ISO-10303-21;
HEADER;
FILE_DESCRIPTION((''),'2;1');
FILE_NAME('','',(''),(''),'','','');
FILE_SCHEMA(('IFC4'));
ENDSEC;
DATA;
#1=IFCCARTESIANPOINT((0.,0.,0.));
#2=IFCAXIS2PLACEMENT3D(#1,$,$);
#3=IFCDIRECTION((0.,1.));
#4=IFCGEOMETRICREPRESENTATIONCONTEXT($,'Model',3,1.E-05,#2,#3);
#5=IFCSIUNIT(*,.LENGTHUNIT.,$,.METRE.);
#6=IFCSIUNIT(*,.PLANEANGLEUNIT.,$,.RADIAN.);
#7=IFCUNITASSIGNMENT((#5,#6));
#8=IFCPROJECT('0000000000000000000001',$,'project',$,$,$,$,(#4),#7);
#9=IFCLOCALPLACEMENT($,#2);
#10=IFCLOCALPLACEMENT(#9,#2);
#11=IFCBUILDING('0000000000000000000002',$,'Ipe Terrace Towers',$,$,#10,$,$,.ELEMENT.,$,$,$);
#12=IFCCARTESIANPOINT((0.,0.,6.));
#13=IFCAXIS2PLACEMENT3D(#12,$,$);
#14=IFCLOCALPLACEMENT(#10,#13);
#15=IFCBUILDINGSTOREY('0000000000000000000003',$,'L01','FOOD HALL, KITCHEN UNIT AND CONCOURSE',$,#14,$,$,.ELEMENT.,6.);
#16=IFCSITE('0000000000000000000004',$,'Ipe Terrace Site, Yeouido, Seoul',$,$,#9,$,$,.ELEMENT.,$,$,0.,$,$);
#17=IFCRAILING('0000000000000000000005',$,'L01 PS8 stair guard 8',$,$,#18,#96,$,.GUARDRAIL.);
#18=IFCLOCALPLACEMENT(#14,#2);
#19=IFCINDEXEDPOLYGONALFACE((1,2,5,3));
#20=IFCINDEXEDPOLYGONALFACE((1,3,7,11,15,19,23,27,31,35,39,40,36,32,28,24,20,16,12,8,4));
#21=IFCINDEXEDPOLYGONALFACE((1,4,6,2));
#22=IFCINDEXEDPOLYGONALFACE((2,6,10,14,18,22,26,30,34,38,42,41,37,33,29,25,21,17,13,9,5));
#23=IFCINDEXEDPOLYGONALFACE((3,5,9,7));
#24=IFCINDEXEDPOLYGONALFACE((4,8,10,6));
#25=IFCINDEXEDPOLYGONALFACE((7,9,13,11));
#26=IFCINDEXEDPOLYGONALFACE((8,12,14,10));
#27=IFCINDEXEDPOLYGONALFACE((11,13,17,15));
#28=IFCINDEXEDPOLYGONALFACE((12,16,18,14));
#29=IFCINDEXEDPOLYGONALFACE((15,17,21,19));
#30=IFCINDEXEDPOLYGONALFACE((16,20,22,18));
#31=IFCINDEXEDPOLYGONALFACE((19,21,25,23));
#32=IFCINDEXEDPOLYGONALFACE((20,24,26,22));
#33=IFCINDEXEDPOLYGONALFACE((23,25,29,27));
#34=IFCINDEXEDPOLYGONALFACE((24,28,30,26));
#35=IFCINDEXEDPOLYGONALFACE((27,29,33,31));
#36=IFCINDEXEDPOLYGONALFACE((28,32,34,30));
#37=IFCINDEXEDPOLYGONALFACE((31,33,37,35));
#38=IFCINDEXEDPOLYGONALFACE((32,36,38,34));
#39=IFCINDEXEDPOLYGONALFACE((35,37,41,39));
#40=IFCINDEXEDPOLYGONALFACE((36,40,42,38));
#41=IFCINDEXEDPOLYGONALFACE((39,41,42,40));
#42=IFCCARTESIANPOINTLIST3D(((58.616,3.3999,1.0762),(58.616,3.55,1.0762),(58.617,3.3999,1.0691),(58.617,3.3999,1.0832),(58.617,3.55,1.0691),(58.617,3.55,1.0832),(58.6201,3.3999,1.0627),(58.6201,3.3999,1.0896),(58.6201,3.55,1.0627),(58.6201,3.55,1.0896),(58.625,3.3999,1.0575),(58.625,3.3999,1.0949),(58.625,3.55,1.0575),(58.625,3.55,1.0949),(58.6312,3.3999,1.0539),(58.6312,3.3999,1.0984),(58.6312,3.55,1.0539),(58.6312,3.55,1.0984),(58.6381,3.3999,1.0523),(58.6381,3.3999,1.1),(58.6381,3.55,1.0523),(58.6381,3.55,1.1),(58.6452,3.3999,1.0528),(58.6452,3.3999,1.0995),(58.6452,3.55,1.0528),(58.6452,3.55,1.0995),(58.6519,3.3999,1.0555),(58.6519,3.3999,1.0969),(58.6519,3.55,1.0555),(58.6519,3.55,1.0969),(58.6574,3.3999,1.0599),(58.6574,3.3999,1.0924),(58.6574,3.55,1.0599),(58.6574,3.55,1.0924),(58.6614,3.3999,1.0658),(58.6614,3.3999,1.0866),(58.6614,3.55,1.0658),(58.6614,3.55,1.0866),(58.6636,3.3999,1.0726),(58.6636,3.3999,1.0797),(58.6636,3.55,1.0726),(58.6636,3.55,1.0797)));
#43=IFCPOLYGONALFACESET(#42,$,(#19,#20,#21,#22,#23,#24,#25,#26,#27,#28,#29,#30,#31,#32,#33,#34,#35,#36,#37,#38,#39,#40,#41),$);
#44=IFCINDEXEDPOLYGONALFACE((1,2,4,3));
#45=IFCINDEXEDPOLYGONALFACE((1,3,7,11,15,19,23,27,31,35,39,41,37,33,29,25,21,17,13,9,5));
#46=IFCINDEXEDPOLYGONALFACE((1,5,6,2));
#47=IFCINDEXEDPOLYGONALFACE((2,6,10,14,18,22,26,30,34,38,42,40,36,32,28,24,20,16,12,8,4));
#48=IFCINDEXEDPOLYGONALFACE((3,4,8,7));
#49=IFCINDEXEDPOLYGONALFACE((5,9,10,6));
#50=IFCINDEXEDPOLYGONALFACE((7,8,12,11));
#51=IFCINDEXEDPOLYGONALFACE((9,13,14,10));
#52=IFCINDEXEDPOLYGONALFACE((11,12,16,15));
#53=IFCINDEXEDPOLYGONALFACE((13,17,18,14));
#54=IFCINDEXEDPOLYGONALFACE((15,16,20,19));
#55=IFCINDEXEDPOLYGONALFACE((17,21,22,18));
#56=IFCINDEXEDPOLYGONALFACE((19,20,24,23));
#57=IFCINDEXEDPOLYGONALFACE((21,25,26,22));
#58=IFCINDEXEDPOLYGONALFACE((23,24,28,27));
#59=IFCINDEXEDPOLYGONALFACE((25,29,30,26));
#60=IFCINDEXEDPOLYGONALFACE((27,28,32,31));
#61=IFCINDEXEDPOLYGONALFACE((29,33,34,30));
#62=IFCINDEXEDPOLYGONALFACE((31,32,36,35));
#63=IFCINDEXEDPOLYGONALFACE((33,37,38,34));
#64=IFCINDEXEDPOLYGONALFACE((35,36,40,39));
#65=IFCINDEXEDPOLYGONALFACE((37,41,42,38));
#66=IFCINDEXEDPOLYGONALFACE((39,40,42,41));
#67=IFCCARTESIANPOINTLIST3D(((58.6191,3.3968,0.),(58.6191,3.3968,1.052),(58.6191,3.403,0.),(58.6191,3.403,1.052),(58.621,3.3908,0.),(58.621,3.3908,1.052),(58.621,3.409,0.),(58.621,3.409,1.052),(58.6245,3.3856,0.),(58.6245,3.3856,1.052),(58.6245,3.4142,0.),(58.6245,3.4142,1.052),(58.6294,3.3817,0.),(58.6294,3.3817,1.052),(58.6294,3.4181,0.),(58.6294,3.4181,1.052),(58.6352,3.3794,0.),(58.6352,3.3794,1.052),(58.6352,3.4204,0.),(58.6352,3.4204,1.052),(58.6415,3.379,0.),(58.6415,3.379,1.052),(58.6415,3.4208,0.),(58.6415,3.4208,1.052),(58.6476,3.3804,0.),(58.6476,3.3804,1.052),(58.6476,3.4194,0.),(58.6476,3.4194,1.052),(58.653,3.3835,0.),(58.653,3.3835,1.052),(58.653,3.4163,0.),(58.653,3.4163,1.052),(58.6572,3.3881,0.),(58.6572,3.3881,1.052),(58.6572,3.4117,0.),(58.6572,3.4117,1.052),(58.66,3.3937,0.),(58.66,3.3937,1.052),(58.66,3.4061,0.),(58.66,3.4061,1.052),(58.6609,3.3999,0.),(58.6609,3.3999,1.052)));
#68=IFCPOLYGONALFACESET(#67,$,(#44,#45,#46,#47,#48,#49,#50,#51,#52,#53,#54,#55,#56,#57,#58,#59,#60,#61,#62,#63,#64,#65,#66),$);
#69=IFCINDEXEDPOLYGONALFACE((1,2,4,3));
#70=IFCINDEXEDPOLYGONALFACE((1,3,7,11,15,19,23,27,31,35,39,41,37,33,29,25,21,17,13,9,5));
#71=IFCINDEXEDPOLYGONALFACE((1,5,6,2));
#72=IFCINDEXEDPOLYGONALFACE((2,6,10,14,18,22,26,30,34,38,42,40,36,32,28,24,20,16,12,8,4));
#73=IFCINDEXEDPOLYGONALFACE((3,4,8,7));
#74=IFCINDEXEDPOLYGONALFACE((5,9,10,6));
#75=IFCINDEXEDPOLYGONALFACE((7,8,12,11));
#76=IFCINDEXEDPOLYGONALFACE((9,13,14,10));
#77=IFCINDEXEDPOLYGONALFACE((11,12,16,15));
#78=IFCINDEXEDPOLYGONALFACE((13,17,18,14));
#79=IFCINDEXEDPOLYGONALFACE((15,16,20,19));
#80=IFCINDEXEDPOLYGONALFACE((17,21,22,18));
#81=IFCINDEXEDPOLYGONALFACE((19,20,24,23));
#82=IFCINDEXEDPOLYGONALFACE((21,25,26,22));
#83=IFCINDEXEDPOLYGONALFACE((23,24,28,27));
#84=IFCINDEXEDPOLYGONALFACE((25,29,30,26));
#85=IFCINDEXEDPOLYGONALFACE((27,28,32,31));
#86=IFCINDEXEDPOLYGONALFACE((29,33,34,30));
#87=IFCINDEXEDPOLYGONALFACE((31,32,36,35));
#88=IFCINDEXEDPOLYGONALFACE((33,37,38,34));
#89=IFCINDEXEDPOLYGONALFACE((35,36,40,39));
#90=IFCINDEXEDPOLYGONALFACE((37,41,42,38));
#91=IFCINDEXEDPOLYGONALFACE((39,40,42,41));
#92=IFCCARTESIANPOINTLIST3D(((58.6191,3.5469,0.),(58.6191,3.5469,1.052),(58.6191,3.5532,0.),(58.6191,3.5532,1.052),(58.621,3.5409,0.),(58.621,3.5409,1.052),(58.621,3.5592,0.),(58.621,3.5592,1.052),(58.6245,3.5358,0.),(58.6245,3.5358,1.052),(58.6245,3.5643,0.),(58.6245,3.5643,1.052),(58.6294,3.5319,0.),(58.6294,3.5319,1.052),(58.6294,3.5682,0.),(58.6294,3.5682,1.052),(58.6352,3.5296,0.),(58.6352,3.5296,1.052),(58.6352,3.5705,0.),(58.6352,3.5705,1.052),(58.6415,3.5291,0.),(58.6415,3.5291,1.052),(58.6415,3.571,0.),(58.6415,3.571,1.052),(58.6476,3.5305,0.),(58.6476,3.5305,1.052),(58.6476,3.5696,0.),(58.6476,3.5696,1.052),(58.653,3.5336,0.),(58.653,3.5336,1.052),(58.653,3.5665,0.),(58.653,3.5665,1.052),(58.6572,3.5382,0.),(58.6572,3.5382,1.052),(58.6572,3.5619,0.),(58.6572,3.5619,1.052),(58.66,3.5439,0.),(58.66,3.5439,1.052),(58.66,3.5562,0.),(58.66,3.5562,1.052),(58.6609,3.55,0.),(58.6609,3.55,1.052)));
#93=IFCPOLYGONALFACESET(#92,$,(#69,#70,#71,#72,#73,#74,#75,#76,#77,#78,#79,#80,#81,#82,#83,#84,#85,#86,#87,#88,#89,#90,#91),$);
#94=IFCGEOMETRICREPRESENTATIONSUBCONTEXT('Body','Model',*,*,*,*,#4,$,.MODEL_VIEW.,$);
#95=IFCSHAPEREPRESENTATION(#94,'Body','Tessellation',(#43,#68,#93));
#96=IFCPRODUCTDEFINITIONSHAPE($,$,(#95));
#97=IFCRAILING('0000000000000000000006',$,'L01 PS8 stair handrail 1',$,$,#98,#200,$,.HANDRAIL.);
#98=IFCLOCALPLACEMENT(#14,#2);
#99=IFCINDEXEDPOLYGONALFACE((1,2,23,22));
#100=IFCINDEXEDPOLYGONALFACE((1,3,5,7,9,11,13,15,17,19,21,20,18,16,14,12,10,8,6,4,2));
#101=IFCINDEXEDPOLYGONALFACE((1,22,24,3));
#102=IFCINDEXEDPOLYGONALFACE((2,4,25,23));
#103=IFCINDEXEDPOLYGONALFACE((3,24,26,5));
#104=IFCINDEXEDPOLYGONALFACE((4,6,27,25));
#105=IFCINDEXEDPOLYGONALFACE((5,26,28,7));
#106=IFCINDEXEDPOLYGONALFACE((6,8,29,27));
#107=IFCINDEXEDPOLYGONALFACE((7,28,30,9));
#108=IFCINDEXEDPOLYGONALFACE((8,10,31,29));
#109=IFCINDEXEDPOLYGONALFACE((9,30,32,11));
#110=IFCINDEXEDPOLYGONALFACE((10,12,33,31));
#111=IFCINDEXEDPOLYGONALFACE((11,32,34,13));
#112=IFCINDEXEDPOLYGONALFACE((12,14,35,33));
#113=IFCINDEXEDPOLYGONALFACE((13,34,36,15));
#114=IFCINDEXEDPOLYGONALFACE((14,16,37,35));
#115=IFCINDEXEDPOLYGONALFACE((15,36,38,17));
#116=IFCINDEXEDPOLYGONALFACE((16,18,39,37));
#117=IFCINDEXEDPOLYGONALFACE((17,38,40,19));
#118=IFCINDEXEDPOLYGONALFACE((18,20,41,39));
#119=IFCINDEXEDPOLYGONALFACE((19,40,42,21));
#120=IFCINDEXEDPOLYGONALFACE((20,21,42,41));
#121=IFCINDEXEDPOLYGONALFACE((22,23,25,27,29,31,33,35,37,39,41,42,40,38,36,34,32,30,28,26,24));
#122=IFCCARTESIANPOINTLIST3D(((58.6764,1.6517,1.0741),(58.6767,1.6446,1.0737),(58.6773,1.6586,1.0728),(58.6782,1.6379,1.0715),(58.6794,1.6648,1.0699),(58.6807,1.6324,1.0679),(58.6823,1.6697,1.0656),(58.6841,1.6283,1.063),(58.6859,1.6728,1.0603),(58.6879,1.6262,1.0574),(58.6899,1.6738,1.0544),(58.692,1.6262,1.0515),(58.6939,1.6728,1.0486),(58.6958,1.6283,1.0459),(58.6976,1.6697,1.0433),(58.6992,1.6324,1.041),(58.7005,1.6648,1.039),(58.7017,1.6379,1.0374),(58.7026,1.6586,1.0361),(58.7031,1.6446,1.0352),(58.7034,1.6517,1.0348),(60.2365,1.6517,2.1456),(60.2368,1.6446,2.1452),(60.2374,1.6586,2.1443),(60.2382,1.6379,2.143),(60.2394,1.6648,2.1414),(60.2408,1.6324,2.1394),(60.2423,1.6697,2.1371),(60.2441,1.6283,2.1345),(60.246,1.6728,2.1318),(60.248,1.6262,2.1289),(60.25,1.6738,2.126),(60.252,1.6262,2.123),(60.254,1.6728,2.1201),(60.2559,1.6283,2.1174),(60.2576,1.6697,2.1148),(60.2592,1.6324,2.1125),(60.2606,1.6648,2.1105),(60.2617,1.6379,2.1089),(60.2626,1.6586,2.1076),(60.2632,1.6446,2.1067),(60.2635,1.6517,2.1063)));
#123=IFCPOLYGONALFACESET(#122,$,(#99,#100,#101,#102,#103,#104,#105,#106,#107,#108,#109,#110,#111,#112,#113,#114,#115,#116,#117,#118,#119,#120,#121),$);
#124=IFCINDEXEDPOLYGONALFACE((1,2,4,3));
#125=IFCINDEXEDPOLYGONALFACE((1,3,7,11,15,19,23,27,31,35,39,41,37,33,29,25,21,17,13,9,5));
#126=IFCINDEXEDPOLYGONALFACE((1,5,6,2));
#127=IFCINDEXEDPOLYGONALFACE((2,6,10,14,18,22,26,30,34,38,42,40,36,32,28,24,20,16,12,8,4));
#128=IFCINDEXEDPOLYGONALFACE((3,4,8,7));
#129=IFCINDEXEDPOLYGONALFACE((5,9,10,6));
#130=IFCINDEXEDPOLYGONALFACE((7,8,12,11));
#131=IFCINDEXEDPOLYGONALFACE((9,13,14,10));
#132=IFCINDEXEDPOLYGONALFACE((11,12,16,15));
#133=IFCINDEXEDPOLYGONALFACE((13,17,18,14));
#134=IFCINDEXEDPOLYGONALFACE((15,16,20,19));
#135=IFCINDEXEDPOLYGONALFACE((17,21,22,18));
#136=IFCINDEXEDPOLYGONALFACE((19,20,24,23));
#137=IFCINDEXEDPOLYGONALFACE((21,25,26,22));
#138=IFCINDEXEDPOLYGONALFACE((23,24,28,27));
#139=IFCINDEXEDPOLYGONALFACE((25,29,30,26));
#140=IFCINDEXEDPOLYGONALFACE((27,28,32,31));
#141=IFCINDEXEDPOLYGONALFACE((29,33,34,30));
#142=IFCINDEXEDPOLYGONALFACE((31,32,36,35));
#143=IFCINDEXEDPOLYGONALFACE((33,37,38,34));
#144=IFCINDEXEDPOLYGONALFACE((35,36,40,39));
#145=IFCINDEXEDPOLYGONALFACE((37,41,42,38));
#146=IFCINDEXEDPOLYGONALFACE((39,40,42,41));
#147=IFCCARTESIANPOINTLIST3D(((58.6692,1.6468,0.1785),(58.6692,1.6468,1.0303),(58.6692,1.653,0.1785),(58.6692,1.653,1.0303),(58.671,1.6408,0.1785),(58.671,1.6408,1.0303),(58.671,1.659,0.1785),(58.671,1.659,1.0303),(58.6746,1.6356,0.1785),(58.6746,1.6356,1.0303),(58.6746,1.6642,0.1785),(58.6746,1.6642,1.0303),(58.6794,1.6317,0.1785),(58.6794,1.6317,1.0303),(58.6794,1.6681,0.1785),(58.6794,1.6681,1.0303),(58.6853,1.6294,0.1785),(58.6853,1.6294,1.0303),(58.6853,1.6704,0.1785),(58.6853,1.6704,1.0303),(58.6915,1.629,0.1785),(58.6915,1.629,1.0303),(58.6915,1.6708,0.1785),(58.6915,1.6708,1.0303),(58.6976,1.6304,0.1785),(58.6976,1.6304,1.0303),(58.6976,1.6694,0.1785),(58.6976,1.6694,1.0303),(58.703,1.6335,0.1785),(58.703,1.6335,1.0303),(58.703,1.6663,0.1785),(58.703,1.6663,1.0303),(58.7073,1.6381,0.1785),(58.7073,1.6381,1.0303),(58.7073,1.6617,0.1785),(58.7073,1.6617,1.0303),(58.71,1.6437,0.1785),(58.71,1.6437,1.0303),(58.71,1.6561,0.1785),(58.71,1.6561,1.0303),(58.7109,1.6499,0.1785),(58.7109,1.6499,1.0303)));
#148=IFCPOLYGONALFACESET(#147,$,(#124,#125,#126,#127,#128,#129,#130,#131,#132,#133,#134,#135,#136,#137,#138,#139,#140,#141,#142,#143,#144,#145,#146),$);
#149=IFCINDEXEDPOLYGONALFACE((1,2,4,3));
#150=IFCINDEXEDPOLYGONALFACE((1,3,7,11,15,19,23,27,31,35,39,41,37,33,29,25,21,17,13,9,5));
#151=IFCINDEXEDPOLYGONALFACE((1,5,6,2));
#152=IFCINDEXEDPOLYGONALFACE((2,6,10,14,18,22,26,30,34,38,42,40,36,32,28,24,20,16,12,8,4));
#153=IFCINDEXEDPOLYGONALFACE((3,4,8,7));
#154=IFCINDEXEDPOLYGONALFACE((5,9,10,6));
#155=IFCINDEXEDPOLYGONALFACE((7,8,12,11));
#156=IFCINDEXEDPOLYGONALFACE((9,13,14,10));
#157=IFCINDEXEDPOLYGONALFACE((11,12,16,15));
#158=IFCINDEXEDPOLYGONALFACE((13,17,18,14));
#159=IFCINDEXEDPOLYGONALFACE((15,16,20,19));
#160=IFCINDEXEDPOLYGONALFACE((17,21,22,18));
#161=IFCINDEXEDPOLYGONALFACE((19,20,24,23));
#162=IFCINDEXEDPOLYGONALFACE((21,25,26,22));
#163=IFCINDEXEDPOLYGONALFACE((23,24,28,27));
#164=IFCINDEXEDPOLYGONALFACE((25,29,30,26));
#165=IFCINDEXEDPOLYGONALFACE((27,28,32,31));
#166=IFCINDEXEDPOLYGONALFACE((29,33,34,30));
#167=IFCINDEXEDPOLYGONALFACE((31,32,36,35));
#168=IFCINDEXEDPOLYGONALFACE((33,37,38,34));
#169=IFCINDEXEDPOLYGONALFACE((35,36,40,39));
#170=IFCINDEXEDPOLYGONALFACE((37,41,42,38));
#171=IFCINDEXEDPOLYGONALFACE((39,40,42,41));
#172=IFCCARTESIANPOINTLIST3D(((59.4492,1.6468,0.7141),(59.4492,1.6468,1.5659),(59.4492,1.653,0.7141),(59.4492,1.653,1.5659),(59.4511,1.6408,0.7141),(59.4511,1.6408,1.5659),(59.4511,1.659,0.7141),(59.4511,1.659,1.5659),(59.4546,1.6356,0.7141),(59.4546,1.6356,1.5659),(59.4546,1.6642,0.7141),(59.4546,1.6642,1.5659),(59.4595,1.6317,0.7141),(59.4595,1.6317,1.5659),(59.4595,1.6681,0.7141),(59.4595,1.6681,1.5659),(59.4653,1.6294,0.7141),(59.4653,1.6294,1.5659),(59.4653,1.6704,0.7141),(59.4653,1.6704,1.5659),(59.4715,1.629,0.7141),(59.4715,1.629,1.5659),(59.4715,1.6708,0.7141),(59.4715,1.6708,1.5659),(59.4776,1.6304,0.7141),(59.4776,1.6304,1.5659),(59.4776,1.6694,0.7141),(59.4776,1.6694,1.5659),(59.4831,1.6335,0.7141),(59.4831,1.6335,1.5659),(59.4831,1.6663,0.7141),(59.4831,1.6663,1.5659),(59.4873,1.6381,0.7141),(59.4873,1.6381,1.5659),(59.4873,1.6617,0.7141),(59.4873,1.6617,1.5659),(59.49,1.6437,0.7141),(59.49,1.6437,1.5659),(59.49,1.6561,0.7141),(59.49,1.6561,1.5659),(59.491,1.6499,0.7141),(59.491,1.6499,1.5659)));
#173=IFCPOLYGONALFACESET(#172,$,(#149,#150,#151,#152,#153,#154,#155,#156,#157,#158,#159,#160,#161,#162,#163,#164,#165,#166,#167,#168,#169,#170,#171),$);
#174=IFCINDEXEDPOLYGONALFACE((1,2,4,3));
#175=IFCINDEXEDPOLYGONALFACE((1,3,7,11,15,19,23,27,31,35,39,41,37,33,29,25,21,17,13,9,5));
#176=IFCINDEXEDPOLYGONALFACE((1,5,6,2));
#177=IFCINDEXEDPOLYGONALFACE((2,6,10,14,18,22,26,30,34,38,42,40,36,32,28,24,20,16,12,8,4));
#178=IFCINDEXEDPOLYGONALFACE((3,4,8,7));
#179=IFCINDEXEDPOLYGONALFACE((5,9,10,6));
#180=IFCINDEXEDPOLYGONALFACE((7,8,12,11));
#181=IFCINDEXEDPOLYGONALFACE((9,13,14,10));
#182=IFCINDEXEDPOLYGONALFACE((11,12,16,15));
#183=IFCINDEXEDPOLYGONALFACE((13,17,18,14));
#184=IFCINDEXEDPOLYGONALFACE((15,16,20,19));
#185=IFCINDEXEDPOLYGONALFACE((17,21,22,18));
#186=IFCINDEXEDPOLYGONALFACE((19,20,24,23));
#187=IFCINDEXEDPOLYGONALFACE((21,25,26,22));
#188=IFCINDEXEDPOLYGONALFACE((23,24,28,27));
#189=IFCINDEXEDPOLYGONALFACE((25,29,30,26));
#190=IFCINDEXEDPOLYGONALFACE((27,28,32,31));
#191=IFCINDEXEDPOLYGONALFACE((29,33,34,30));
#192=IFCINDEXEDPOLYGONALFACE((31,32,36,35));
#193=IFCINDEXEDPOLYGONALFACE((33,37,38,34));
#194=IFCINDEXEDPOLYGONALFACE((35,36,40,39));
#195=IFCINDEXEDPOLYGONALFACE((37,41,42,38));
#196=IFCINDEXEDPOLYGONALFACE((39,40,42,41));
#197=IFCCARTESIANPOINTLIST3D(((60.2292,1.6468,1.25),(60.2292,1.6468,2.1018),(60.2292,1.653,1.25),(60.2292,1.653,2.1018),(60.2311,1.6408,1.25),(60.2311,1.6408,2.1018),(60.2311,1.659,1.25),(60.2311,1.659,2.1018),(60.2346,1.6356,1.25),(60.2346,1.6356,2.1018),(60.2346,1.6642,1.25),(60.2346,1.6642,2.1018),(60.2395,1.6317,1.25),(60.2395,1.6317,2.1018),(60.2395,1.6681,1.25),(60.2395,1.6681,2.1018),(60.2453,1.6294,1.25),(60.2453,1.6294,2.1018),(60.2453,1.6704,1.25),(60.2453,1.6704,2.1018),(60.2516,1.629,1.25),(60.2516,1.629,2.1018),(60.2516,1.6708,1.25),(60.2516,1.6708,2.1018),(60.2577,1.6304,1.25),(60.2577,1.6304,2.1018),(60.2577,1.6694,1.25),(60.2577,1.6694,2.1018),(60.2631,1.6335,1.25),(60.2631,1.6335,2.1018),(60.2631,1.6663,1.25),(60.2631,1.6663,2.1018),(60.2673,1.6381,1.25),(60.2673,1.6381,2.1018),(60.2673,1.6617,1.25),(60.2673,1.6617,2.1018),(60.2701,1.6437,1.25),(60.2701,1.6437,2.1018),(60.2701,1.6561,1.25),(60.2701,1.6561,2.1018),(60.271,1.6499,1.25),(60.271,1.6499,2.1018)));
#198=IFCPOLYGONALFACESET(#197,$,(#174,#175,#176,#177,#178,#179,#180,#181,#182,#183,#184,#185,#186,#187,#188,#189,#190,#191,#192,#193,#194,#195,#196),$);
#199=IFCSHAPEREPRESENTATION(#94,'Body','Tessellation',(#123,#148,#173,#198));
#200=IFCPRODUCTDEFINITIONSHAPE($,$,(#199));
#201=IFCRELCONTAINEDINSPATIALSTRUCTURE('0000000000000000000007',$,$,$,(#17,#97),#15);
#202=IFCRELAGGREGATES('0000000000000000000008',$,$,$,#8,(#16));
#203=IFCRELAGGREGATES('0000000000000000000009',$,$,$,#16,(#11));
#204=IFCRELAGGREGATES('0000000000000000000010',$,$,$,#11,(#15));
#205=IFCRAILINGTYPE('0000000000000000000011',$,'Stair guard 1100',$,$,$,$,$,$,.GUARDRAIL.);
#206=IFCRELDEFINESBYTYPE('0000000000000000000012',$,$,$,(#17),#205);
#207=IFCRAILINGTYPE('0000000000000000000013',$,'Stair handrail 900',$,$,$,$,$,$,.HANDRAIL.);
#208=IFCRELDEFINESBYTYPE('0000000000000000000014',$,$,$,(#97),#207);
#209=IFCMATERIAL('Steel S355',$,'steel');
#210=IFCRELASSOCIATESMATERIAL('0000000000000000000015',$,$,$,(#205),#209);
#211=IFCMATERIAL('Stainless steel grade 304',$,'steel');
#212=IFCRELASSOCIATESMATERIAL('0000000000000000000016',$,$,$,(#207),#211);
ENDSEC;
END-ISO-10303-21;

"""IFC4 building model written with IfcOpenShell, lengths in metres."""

from ifc_helpers import new_model, si_unit, direction, frame, origin, origin_2d, place, context, subcontext, project, spatial, circle, extrude, material, type_object, element, save


model = new_model("IFC4")

# Units and contexts
model_context = context("Model", 3, precision=1e-05, world=origin(), true_north=direction((0.0, 1.0)))
body_context = subcontext(model_context, "Body", "Model", "MODEL_VIEW")
ifc_project = project(units=[si_unit("LENGTHUNIT", "METRE"), si_unit("PLANEANGLEUNIT", "RADIAN")], contexts=[model_context])

# Site, building, storey
site_placement = place(None, origin())
site = spatial("IfcSite", under=ifc_project, at=site_placement, Name="Ipe Terrace Site, Yeouido, Seoul", CompositionType="ELEMENT", RefElevation=0.0)
building_placement = place(site_placement, origin())
building = spatial("IfcBuilding", under=site, at=building_placement, Name="Ipe Terrace Towers", CompositionType="ELEMENT")
storey_placement = place(building_placement, frame((0.0, 0.0, 6.0)))
storey = spatial("IfcBuildingStorey", under=building, at=storey_placement, Name="L01", Description="FOOD HALL, KITCHEN UNIT AND CONCOURSE", CompositionType="ELEMENT", Elevation=6.0)

# Railings
ifc_material_1 = material(Name="Steel S355", Category="steel")
railing_type_1 = type_object("IfcRailingType", Name="Stair guard 1100", PredefinedType="GUARDRAIL", material=ifc_material_1)
railing_1_placement = place(storey_placement, frame((58.6399, 3.3999, 0.0)))
element("IfcRailing", 1, at=railing_1_placement, inside=storey, type_object=railing_type_1, Name="L01 PS8 stair guard 8", PredefinedType="GUARDRAIL", context=body_context, shape_type="SweptSolid", body=[
    extrude(circle(Radius=0.0239, at=origin_2d()), frame((0.0, 0.0, 1.0762), z_axis=(0.0, 1.0, 0.0), x_axis=(-1.0, 0.0, 0.0)), (0.0, 0.0, 1.0), 0.1501),
    extrude(circle(Radius=0.021, at=origin_2d()), origin(), (0.0, 0.0, 1.0), 1.052),
    extrude(circle(Radius=0.021, at=origin_2d()), frame((0.0, 0.1501, 0.0)), (0.0, 0.0, 1.0), 1.052),
])
ifc_material_2 = material(Name="Stainless steel grade 304", Category="steel")
railing_type_2 = type_object("IfcRailingType", Name="Stair handrail 900", PredefinedType="HANDRAIL", material=ifc_material_2)
railing_2_placement = place(storey_placement, frame((58.6899, 1.6499, 0.1785)))
element("IfcRailing", 2, at=railing_2_placement, inside=storey, type_object=railing_type_2, Name="L01 PS8 stair handrail 1", PredefinedType="HANDRAIL", context=body_context, shape_type="SweptSolid", body=[
    extrude(circle(Radius=0.0239, at=origin_2d()), frame((0.0, 0.0, 0.876), z_axis=(0.82429, 0.0, 0.566167), x_axis=(0.0, 1.0, 0.0)), (0.0, 0.0, 1.0), 1.8926),
    extrude(circle(Radius=0.021, at=origin_2d()), origin(), (0.0, 0.0, 1.0), 0.8518),
    extrude(circle(Radius=0.021, at=origin_2d()), frame((0.78, 0.0, 0.5356)), (0.0, 0.0, 1.0), 0.8518),
    extrude(circle(Radius=0.021, at=origin_2d()), frame((1.5601, 0.0, 1.0715)), (0.0, 0.0, 1.0), 0.8518),
])

save(model, "model.ifc")
